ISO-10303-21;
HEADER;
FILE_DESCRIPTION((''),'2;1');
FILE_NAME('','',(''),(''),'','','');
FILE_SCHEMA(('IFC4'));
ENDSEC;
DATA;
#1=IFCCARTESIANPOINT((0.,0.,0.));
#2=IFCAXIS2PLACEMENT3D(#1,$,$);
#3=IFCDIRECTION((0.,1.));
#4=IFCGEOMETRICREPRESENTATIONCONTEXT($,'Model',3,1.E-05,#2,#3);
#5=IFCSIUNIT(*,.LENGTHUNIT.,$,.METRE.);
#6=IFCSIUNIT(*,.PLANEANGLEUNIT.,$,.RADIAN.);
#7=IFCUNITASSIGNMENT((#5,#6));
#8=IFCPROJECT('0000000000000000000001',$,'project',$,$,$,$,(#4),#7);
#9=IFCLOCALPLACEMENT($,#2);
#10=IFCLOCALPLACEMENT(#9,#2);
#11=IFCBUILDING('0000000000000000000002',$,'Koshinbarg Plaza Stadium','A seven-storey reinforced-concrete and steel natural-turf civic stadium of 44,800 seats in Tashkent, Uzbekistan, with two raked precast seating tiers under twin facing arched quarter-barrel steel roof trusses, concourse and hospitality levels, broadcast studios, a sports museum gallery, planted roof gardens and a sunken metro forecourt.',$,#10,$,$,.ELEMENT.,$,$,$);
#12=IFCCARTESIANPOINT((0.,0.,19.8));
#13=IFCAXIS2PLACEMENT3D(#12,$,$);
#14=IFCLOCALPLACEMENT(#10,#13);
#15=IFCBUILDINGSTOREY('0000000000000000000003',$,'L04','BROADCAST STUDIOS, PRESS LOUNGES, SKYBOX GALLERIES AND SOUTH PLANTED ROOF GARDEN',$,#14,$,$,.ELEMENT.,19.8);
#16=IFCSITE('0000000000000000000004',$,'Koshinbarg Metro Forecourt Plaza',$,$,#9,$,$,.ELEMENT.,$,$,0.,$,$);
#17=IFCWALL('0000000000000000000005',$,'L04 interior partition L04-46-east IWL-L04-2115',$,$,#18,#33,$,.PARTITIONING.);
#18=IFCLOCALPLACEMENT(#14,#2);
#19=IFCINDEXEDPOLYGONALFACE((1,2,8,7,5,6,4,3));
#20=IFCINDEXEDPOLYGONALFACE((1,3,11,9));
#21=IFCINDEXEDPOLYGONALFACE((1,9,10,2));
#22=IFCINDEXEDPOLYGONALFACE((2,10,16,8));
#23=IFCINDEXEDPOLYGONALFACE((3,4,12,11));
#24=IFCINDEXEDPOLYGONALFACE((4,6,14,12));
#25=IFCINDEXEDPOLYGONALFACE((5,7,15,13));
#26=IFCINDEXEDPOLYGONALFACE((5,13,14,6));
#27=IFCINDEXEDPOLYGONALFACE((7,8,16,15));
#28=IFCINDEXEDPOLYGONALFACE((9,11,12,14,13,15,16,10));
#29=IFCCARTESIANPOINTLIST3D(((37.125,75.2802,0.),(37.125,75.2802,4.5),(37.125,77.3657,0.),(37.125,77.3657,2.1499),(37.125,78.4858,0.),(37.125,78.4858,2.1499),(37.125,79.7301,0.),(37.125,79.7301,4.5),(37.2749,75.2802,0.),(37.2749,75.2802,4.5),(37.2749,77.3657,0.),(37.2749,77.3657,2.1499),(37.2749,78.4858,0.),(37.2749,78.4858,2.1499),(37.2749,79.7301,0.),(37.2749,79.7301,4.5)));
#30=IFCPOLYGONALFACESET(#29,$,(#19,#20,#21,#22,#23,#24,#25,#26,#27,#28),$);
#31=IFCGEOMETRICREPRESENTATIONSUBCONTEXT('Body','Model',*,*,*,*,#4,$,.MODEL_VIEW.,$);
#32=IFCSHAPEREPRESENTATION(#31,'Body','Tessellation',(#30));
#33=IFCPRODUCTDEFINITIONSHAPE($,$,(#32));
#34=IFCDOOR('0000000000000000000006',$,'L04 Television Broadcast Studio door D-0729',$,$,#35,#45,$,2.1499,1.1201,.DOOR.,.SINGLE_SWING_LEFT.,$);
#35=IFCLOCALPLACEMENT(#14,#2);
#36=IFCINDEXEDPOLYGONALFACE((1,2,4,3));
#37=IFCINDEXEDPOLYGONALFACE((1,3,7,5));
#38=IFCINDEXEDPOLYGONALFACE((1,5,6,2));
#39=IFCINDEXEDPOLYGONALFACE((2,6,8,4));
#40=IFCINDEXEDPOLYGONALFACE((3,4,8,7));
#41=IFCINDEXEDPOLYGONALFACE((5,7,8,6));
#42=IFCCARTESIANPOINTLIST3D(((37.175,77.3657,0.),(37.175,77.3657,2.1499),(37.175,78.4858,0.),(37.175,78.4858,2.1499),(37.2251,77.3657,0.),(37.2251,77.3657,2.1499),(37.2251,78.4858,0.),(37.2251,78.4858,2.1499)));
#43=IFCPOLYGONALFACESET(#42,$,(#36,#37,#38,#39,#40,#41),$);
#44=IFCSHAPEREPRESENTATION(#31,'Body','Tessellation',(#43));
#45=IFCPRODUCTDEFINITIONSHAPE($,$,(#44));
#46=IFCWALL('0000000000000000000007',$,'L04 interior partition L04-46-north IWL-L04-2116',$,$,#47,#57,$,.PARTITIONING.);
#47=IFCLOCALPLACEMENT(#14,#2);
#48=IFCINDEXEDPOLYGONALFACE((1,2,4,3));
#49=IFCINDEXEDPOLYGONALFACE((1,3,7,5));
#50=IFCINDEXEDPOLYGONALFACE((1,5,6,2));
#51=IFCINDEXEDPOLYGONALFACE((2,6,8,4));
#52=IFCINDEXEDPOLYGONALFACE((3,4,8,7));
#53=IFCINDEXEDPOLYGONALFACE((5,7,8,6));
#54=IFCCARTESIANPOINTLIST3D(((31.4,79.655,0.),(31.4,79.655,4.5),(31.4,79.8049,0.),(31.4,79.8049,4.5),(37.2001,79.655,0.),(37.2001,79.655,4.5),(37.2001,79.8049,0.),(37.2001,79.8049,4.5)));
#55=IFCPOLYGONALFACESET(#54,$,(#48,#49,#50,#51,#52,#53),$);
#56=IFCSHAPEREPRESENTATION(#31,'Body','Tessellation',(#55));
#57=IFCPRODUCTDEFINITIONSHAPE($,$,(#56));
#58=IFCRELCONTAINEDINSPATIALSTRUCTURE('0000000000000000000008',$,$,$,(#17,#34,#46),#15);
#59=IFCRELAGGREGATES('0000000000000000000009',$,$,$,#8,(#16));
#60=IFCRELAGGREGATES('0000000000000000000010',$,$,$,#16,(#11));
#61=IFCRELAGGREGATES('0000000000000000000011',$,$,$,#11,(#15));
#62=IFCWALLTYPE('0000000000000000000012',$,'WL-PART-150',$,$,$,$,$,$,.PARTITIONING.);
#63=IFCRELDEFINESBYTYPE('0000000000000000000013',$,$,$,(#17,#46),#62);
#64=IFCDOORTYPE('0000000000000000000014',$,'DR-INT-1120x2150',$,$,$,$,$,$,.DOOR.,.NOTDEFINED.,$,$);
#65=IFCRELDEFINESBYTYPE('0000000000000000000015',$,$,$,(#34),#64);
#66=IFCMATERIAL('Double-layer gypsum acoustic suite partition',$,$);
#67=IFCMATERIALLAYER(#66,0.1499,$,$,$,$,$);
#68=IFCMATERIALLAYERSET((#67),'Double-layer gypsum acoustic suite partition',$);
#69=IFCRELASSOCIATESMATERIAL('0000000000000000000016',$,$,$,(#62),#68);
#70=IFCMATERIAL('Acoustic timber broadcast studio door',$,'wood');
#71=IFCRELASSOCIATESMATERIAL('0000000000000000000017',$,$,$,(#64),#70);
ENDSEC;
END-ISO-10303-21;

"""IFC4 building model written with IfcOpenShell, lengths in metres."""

from ifc_helpers import new_model, si_unit, direction, frame, frame_2d, origin, place, context, subcontext, project, spatial, rectangle, extrude, material, layer, layer_set, type_object, element, fill, save


model = new_model("IFC4")

# Units and contexts
model_context = context("Model", 3, precision=1e-05, world=origin(), true_north=direction((0.0, 1.0)))
body_context = subcontext(model_context, "Body", "Model", "MODEL_VIEW")
ifc_project = project(units=[si_unit("LENGTHUNIT", "METRE"), si_unit("PLANEANGLEUNIT", "RADIAN")], contexts=[model_context])

# Site, building, storey
site_placement = place(None, origin())
site = spatial("IfcSite", under=ifc_project, at=site_placement, Name="Koshinbarg Metro Forecourt Plaza", CompositionType="ELEMENT", RefElevation=0.0)
building_placement = place(site_placement, origin())
building = spatial("IfcBuilding", under=site, at=building_placement, Name="Koshinbarg Plaza Stadium", Description="A seven-storey reinforced-concrete and steel natural-turf civic stadium of 44,800 seats in Tashkent, Uzbekistan, with two raked precast seating tiers under twin facing arched quarter-barrel steel roof trusses, concourse and hospitality levels, broadcast studios, a sports museum gallery, planted roof gardens and a sunken metro forecourt.", CompositionType="ELEMENT")
storey_placement = place(building_placement, frame((0.0, 0.0, 19.8)))
storey = spatial("IfcBuildingStorey", under=building, at=storey_placement, Name="L04", Description="BROADCAST STUDIOS, PRESS LOUNGES, SKYBOX GALLERIES AND SOUTH PLANTED ROOF GARDEN", CompositionType="ELEMENT", Elevation=19.8)

# Wall, opening, door
ifc_material_1 = material(Name="Double-layer gypsum acoustic suite partition")
ifc_layer_1 = layer(ifc_material_1, 0.1499)
ifc_layer_set_1 = layer_set([ifc_layer_1], Name="Double-layer gypsum acoustic suite partition")
wall_type_1 = type_object("IfcWallType", Name="WL-PART-150", PredefinedType="PARTITIONING", material=ifc_layer_set_1)
wall_1_placement = place(storey_placement, frame((37.2, 75.28, 0.0), z_axis=(0.0, 0.0, 1.0), x_axis=(0.0, 1.0, 0.0)))
wall_1 = element("IfcWall", 1, at=wall_1_placement, inside=storey, type_object=wall_type_1, Name="L04 interior partition L04-46-east IWL-L04-2115", PredefinedType="PARTITIONING", context=body_context, shape_type="SweptSolid", body=[
    extrude(rectangle(XDim=4.45, YDim=0.1499, at=frame_2d((2.2251, 0.0))), origin(), (0.0, 0.0, 1.0), 4.5),
])
opening_1_placement = place(wall_1_placement, frame((2.0857, 0.0, 0.0)))
opening_1 = element("IfcOpeningElement", 2, at=opening_1_placement, cuts=wall_1, PredefinedType="OPENING", context=body_context, shape_type="SweptSolid", body=[
    extrude(rectangle(XDim=1.1201, YDim=2.1499, at=frame_2d((0.5601, 1.075))), frame((0.0, 0.085, 0.0), z_axis=(0.0, -1.0, 0.0), x_axis=(1.0, 0.0, 0.0)), (0.0, 0.0, 1.0), 0.1699),
])
ifc_material_2 = material(Name="Acoustic timber broadcast studio door", Category="wood")
door_type_1 = type_object("IfcDoorType", Name="DR-INT-1120x2150", OperationType="NOTDEFINED", PredefinedType="DOOR", material=ifc_material_2)
door_1_placement = place(opening_1_placement, origin())
door_1 = element("IfcDoor", 3, at=door_1_placement, inside=storey, type_object=door_type_1, Name="L04 Television Broadcast Studio door D-0729", OperationType="SINGLE_SWING_LEFT", OverallHeight=2.1499, OverallWidth=1.1201, PredefinedType="DOOR", context=body_context, shape_type="SweptSolid", body=[
    extrude(rectangle(XDim=1.1201, YDim=2.1499, at=frame_2d((0.5601, 1.075))), frame((0.0, 0.0249, 0.0), z_axis=(0.0, -1.0, 0.0), x_axis=(1.0, 0.0, 0.0)), (0.0, 0.0, 1.0), 0.05),
])
fill(opening_1, door_1)

# Wall
wall_2_placement = place(storey_placement, frame((37.2, 79.73, 0.0), z_axis=(0.0, 0.0, 1.0), x_axis=(-1.0, 0.0, 0.0)))
element("IfcWall", 4, at=wall_2_placement, inside=storey, type_object=wall_type_1, Name="L04 interior partition L04-46-north IWL-L04-2116", PredefinedType="PARTITIONING", context=body_context, shape_type="SweptSolid", body=[
    extrude(rectangle(XDim=5.8, YDim=0.1499, at=frame_2d((2.8999, 0.0))), origin(), (0.0, 0.0, 1.0), 4.5),
])

save(model, "model.ifc")
